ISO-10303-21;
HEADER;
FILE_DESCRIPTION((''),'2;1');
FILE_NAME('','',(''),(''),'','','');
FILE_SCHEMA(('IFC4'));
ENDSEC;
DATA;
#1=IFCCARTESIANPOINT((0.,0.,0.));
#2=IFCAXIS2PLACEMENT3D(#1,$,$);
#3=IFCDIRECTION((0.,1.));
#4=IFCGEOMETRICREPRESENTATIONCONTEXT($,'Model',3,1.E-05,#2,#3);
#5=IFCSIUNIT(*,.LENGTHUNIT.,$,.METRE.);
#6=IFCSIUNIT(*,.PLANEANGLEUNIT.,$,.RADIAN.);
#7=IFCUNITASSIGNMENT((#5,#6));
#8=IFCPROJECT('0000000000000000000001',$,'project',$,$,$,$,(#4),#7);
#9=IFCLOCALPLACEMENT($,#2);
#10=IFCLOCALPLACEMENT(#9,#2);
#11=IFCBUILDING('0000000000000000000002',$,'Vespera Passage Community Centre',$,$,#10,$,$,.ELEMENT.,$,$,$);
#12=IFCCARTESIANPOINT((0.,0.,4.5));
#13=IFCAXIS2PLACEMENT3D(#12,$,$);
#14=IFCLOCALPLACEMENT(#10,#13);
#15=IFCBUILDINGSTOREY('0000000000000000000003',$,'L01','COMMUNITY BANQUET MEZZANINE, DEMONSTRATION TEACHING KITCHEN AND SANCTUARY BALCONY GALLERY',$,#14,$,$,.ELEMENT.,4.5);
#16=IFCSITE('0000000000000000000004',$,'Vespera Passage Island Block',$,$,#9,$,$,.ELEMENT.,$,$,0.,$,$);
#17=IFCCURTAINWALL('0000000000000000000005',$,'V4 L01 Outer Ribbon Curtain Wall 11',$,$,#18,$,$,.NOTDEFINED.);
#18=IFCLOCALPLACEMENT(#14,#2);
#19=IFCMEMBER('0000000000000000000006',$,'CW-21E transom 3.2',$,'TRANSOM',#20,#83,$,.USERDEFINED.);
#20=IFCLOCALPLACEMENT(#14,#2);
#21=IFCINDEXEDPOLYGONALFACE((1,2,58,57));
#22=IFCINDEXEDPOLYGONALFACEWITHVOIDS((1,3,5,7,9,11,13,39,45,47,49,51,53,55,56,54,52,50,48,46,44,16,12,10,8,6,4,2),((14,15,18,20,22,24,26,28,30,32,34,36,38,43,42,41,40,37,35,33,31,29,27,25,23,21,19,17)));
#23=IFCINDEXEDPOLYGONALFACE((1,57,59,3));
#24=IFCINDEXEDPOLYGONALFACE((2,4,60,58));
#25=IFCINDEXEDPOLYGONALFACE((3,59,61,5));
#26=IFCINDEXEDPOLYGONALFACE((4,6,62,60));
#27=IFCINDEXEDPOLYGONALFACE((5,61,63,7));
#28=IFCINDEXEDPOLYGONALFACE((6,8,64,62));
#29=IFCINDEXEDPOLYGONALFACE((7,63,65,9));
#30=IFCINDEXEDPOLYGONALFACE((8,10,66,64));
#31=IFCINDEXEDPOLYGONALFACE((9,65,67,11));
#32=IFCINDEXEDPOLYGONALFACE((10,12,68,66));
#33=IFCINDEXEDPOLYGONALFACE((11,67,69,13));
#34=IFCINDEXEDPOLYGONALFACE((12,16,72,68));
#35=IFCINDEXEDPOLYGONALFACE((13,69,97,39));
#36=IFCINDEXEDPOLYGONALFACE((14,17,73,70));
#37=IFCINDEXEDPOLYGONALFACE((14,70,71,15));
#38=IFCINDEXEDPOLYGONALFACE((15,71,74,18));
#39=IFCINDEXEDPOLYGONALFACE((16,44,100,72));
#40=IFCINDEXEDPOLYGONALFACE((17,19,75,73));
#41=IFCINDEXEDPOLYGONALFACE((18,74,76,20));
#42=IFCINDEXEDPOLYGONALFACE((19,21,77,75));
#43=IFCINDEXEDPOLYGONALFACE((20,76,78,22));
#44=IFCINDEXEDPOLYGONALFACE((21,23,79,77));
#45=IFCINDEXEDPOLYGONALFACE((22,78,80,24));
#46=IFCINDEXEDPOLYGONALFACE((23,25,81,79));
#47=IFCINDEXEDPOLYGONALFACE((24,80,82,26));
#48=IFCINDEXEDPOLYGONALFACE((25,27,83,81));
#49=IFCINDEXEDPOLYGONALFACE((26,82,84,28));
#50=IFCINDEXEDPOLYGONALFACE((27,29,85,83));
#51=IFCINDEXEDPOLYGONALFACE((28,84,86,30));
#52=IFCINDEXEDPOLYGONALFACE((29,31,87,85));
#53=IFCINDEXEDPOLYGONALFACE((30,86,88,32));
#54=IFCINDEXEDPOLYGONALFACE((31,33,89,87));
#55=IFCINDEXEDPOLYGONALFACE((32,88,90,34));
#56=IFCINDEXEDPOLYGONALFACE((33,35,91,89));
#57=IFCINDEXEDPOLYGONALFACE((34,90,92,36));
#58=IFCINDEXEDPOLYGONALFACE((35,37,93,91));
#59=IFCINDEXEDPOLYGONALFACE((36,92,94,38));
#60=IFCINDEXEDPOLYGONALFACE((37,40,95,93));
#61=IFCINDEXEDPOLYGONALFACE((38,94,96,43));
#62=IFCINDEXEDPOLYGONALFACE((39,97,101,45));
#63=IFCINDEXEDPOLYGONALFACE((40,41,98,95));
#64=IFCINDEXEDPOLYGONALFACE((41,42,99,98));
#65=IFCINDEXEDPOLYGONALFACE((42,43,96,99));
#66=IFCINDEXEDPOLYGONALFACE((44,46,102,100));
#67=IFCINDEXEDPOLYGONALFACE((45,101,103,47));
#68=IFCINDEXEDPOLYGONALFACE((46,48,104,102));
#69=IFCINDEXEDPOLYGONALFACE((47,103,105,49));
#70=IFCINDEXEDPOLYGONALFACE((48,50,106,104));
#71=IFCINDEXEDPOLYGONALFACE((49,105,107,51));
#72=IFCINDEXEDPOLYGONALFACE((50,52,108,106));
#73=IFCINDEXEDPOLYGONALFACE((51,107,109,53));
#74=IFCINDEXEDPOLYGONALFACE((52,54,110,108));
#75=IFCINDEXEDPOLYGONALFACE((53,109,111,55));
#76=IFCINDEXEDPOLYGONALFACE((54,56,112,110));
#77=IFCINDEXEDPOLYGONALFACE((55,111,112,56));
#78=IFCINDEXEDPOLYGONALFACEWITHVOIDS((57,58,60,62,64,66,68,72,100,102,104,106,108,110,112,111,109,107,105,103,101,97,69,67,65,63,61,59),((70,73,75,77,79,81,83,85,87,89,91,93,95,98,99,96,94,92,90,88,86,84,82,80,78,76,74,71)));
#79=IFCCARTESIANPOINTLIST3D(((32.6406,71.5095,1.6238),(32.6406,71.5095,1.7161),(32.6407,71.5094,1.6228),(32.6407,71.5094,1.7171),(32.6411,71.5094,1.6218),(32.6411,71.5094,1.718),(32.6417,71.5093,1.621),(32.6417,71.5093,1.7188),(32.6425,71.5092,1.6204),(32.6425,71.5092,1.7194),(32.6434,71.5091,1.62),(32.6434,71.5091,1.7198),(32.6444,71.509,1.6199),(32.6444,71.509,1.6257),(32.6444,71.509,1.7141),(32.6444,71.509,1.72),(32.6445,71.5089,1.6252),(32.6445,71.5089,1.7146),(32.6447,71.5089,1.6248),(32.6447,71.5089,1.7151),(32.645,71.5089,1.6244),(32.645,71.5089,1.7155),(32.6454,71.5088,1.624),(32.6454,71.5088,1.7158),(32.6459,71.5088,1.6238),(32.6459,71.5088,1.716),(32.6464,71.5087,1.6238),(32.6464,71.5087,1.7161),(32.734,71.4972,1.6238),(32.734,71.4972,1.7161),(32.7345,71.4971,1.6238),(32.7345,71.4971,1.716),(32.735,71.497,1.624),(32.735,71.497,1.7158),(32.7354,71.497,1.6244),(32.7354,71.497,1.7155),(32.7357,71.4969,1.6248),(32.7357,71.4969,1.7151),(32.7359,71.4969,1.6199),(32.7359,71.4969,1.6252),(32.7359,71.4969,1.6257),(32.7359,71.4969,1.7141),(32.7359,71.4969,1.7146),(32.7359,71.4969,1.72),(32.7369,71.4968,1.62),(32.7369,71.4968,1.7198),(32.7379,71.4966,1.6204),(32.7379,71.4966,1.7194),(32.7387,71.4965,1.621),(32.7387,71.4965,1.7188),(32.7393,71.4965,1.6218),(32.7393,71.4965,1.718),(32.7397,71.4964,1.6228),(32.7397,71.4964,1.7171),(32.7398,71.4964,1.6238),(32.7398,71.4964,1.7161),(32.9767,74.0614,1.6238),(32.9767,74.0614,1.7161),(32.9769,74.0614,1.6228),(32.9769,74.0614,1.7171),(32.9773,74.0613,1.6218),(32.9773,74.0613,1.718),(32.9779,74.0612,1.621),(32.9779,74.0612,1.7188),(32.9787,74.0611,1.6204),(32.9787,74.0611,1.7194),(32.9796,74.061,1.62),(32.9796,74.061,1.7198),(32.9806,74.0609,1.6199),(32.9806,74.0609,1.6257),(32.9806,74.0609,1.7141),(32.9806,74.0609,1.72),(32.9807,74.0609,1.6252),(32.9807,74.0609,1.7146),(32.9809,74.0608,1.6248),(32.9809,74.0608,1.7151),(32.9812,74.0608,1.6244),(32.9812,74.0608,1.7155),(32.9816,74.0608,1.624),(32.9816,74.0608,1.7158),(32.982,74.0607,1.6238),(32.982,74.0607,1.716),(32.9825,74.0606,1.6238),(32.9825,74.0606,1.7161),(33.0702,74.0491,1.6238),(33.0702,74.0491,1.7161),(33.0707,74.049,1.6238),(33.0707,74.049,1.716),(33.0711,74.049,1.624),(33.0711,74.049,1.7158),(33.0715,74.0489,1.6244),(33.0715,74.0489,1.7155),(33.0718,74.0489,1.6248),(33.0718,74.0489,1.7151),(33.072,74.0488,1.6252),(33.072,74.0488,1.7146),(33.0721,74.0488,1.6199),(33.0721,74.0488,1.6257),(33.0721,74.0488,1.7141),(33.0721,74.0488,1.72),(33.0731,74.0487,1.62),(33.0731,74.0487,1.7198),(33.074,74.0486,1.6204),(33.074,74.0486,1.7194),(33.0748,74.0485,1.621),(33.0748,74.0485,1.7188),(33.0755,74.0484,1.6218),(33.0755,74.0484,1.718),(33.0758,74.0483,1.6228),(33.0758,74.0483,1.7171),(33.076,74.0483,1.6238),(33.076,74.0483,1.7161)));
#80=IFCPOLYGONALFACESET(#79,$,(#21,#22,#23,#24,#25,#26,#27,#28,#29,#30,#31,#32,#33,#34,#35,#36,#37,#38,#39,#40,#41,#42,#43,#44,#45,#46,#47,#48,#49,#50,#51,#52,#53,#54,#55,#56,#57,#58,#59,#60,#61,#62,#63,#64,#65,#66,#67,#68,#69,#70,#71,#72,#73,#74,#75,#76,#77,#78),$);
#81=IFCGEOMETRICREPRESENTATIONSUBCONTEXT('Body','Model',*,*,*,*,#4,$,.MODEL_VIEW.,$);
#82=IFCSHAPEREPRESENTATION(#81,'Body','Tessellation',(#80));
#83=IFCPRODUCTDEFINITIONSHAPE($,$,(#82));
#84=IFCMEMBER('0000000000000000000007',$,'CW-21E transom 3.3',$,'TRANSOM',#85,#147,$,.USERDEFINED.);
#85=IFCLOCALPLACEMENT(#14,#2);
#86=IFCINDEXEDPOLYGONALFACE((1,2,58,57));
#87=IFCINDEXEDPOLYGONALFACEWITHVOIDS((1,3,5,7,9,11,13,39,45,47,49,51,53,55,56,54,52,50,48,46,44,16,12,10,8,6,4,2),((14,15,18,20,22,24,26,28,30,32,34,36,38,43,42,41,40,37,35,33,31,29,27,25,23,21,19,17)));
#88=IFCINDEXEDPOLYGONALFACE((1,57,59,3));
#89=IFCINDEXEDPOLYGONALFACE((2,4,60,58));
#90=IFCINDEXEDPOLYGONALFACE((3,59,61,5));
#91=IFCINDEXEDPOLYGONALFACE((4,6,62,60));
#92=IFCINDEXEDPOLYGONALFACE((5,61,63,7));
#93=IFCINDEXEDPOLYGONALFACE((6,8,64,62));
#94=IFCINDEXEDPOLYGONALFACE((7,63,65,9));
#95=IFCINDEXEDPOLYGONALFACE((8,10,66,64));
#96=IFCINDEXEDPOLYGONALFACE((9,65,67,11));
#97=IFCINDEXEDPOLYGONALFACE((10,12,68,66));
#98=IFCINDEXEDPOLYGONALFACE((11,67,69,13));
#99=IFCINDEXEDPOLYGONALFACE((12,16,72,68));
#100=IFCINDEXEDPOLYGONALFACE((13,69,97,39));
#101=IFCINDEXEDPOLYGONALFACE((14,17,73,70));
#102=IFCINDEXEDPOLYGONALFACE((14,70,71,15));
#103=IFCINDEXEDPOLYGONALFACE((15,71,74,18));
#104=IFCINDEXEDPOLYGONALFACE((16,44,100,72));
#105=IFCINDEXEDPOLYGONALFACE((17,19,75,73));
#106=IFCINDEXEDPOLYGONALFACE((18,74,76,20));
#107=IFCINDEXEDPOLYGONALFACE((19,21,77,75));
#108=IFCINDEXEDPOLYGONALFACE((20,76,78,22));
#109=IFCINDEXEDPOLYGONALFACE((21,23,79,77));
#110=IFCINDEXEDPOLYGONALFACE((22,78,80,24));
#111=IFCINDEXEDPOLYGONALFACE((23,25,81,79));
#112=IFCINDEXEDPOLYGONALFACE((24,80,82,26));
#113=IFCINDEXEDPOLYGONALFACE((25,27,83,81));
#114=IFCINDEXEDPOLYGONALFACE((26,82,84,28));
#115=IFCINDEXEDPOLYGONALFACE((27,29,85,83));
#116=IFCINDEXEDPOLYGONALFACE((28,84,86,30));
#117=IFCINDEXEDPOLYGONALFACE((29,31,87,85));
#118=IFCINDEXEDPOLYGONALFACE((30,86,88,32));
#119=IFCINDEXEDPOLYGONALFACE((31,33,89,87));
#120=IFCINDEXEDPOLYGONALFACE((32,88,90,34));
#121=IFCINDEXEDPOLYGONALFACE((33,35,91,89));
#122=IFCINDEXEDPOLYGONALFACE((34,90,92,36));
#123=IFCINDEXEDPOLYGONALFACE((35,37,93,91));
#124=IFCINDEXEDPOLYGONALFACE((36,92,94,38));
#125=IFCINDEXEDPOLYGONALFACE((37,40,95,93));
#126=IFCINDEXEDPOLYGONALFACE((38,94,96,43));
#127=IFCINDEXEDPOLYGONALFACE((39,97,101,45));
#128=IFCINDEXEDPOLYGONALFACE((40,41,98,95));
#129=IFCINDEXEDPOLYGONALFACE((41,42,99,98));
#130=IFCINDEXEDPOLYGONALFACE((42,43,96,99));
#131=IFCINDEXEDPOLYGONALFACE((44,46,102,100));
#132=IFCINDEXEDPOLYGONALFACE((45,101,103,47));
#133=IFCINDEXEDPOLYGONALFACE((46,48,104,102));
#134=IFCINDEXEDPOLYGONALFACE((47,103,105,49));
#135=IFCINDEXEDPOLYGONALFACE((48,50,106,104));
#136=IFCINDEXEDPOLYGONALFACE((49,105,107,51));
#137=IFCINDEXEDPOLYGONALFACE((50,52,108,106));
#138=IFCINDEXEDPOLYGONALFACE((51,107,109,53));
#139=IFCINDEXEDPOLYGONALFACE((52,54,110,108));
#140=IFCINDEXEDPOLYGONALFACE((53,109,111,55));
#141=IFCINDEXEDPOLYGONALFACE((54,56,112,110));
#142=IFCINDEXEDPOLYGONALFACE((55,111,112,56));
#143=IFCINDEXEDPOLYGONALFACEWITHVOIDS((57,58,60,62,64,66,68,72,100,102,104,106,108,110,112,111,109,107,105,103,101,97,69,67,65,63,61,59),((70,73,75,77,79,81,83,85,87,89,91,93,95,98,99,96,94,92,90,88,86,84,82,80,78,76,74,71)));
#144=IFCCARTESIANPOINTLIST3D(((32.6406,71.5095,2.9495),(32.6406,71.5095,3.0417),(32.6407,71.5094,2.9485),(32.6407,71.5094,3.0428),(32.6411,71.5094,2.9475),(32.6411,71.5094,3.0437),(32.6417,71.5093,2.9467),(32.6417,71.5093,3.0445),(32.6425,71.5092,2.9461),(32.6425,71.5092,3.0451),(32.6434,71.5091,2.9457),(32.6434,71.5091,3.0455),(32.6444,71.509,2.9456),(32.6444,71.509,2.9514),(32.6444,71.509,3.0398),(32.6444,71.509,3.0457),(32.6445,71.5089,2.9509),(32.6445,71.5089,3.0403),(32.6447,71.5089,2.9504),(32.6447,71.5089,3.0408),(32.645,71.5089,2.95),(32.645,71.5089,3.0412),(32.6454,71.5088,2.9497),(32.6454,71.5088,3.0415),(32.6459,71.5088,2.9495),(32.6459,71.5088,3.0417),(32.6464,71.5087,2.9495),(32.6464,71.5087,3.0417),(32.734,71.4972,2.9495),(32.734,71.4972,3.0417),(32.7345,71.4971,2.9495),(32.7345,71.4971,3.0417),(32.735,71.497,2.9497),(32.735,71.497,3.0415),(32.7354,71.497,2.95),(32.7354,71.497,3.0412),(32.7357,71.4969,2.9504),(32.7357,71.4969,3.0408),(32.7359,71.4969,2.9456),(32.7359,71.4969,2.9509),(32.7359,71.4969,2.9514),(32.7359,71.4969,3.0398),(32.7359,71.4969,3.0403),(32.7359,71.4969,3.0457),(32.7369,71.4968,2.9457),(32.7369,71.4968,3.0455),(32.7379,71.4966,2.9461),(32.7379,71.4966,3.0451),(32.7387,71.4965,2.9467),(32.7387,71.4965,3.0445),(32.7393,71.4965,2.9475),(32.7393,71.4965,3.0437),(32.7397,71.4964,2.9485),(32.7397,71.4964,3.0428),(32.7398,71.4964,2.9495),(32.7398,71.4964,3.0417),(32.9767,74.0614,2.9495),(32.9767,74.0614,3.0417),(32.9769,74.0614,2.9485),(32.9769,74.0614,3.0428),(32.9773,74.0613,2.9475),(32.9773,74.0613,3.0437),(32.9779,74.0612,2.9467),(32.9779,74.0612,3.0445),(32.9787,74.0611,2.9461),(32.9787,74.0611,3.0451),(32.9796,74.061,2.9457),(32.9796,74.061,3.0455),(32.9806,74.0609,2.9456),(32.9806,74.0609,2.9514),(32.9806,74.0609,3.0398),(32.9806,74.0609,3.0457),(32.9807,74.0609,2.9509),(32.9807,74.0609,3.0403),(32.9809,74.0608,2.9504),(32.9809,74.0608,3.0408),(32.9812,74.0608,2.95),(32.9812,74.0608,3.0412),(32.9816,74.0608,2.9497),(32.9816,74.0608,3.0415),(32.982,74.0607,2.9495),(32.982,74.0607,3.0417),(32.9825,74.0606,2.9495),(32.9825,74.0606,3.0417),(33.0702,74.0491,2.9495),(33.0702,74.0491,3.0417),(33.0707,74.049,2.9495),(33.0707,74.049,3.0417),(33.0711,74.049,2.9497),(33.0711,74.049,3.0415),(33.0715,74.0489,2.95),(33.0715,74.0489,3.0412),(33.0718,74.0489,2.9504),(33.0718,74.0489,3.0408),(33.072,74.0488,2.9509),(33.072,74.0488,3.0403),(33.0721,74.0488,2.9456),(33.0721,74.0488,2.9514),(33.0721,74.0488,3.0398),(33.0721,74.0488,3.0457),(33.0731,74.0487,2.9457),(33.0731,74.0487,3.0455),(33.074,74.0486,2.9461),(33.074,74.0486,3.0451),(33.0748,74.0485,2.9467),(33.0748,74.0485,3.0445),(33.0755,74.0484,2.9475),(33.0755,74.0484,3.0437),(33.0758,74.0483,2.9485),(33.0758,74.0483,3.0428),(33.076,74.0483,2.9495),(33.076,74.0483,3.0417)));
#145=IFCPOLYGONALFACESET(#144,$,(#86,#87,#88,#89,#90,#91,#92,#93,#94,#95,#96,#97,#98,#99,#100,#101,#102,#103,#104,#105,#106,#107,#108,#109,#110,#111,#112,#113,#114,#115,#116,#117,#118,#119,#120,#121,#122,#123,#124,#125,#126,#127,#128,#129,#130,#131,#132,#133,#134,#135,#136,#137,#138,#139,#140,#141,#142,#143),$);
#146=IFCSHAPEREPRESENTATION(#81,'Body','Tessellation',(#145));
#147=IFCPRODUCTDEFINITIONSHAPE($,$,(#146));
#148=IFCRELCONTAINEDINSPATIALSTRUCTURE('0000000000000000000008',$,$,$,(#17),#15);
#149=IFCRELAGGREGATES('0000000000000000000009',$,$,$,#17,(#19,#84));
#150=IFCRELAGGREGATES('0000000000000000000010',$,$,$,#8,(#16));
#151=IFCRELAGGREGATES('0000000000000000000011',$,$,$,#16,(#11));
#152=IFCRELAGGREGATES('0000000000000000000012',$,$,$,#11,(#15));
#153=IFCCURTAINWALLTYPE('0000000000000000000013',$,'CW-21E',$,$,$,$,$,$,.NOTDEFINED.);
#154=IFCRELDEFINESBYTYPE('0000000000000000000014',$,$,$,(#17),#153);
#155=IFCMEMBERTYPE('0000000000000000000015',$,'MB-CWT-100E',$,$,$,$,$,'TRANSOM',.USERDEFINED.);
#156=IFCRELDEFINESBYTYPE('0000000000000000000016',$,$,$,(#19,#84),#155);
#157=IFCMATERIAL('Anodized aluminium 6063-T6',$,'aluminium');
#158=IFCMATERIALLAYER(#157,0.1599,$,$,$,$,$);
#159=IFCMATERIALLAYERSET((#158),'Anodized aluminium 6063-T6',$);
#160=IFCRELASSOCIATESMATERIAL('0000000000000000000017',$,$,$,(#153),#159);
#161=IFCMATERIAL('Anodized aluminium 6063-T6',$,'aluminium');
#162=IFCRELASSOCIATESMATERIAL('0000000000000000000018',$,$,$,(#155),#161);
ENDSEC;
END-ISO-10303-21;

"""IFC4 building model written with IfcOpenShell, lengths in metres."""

from ifc_helpers import new_model, si_unit, direction, frame, origin, origin_2d, place, context, subcontext, project, spatial, hollow_rectangle, extrude, material, layer, layer_set, material_profile, profile_set, type_object, element, aggregate, save


model = new_model("IFC4")

# Units and contexts
model_context = context("Model", 3, precision=1e-05, world=origin(), true_north=direction((0.0, 1.0)))
body_context = subcontext(model_context, "Body", "Model", "MODEL_VIEW")
ifc_project = project(units=[si_unit("LENGTHUNIT", "METRE"), si_unit("PLANEANGLEUNIT", "RADIAN")], contexts=[model_context])

# Site, building, storey
site_placement = place(None, origin())
site = spatial("IfcSite", under=ifc_project, at=site_placement, Name="Vespera Passage Island Block", CompositionType="ELEMENT", RefElevation=0.0)
building_placement = place(site_placement, origin())
building = spatial("IfcBuilding", under=site, at=building_placement, Name="Vespera Passage Community Centre", CompositionType="ELEMENT")
storey_placement = place(building_placement, frame((0.0, 0.0, 4.5)))
storey = spatial("IfcBuildingStorey", under=building, at=storey_placement, Name="L01", Description="COMMUNITY BANQUET MEZZANINE, DEMONSTRATION TEACHING KITCHEN AND SANCTUARY BALCONY GALLERY", CompositionType="ELEMENT", Elevation=4.5)

# Curtain wall, members
ifc_material_1 = material(Name="Anodized aluminium 6063-T6", Category="aluminium")
ifc_layer_1 = layer(ifc_material_1, 0.1599)
ifc_layer_set_1 = layer_set([ifc_layer_1], Name="Anodized aluminium 6063-T6")
curtain_wall_type = type_object("IfcCurtainWallType", Name="CW-21E", PredefinedType="NOTDEFINED", material=ifc_layer_set_1)
curtain_wall_placement = place(storey_placement, origin())
curtain_wall = element("IfcCurtainWall", 1, at=curtain_wall_placement, inside=storey, type_object=curtain_wall_type, Name="V4 L01 Outer Ribbon Curtain Wall 11", PredefinedType="NOTDEFINED")
ifc_material_2 = material(Name="Anodized aluminium 6063-T6", Category="aluminium")
ifc_material_profile_1 = material_profile(ifc_material_2, hollow_rectangle(XDim=0.1001, YDim=0.1001, WallThickness=0.0039, InnerFilletRadius=0.002, OuterFilletRadius=0.0039, at=origin_2d()), Name="ALU100X100X4")
ifc_profile_set_1 = profile_set([ifc_material_profile_1], Name="Anodized aluminium 6063-T6")
member_type_1 = type_object("IfcMemberType", Name="MB-CWT-100E", ElementType="TRANSOM", PredefinedType="USERDEFINED", material=ifc_profile_set_1)
member_1_placement = place(storey_placement, frame((32.6902, 71.5029, 1.6699), z_axis=(0.130604, 0.991435, 0.0), x_axis=(-0.991435, 0.130604, 0.0)))
member_1 = element("IfcMember", 2, at=member_1_placement, type_object=member_type_1, Name="CW-21E transom 3.2", ObjectType="TRANSOM", PredefinedType="USERDEFINED", context=body_context, shape_type="SweptSolid", body=[
    extrude(hollow_rectangle(XDim=0.1001, YDim=0.1001, WallThickness=0.0039, InnerFilletRadius=0.002, OuterFilletRadius=0.0039, at=origin_2d()), origin(), (0.0, 0.0, 1.0), 2.574),
])
member_2_placement = place(storey_placement, frame((32.6902, 71.5029, 2.9956), z_axis=(0.130604, 0.991435, 0.0), x_axis=(-0.991435, 0.130604, 0.0)))
member_2 = element("IfcMember", 3, at=member_2_placement, type_object=member_type_1, Name="CW-21E transom 3.3", ObjectType="TRANSOM", PredefinedType="USERDEFINED", context=body_context, shape_type="SweptSolid", body=[
    extrude(hollow_rectangle(XDim=0.1001, YDim=0.1001, WallThickness=0.0039, InnerFilletRadius=0.002, OuterFilletRadius=0.0039, at=origin_2d()), origin(), (0.0, 0.0, 1.0), 2.574),
])
aggregate(curtain_wall, [member_1, member_2])

save(model, "model.ifc")
